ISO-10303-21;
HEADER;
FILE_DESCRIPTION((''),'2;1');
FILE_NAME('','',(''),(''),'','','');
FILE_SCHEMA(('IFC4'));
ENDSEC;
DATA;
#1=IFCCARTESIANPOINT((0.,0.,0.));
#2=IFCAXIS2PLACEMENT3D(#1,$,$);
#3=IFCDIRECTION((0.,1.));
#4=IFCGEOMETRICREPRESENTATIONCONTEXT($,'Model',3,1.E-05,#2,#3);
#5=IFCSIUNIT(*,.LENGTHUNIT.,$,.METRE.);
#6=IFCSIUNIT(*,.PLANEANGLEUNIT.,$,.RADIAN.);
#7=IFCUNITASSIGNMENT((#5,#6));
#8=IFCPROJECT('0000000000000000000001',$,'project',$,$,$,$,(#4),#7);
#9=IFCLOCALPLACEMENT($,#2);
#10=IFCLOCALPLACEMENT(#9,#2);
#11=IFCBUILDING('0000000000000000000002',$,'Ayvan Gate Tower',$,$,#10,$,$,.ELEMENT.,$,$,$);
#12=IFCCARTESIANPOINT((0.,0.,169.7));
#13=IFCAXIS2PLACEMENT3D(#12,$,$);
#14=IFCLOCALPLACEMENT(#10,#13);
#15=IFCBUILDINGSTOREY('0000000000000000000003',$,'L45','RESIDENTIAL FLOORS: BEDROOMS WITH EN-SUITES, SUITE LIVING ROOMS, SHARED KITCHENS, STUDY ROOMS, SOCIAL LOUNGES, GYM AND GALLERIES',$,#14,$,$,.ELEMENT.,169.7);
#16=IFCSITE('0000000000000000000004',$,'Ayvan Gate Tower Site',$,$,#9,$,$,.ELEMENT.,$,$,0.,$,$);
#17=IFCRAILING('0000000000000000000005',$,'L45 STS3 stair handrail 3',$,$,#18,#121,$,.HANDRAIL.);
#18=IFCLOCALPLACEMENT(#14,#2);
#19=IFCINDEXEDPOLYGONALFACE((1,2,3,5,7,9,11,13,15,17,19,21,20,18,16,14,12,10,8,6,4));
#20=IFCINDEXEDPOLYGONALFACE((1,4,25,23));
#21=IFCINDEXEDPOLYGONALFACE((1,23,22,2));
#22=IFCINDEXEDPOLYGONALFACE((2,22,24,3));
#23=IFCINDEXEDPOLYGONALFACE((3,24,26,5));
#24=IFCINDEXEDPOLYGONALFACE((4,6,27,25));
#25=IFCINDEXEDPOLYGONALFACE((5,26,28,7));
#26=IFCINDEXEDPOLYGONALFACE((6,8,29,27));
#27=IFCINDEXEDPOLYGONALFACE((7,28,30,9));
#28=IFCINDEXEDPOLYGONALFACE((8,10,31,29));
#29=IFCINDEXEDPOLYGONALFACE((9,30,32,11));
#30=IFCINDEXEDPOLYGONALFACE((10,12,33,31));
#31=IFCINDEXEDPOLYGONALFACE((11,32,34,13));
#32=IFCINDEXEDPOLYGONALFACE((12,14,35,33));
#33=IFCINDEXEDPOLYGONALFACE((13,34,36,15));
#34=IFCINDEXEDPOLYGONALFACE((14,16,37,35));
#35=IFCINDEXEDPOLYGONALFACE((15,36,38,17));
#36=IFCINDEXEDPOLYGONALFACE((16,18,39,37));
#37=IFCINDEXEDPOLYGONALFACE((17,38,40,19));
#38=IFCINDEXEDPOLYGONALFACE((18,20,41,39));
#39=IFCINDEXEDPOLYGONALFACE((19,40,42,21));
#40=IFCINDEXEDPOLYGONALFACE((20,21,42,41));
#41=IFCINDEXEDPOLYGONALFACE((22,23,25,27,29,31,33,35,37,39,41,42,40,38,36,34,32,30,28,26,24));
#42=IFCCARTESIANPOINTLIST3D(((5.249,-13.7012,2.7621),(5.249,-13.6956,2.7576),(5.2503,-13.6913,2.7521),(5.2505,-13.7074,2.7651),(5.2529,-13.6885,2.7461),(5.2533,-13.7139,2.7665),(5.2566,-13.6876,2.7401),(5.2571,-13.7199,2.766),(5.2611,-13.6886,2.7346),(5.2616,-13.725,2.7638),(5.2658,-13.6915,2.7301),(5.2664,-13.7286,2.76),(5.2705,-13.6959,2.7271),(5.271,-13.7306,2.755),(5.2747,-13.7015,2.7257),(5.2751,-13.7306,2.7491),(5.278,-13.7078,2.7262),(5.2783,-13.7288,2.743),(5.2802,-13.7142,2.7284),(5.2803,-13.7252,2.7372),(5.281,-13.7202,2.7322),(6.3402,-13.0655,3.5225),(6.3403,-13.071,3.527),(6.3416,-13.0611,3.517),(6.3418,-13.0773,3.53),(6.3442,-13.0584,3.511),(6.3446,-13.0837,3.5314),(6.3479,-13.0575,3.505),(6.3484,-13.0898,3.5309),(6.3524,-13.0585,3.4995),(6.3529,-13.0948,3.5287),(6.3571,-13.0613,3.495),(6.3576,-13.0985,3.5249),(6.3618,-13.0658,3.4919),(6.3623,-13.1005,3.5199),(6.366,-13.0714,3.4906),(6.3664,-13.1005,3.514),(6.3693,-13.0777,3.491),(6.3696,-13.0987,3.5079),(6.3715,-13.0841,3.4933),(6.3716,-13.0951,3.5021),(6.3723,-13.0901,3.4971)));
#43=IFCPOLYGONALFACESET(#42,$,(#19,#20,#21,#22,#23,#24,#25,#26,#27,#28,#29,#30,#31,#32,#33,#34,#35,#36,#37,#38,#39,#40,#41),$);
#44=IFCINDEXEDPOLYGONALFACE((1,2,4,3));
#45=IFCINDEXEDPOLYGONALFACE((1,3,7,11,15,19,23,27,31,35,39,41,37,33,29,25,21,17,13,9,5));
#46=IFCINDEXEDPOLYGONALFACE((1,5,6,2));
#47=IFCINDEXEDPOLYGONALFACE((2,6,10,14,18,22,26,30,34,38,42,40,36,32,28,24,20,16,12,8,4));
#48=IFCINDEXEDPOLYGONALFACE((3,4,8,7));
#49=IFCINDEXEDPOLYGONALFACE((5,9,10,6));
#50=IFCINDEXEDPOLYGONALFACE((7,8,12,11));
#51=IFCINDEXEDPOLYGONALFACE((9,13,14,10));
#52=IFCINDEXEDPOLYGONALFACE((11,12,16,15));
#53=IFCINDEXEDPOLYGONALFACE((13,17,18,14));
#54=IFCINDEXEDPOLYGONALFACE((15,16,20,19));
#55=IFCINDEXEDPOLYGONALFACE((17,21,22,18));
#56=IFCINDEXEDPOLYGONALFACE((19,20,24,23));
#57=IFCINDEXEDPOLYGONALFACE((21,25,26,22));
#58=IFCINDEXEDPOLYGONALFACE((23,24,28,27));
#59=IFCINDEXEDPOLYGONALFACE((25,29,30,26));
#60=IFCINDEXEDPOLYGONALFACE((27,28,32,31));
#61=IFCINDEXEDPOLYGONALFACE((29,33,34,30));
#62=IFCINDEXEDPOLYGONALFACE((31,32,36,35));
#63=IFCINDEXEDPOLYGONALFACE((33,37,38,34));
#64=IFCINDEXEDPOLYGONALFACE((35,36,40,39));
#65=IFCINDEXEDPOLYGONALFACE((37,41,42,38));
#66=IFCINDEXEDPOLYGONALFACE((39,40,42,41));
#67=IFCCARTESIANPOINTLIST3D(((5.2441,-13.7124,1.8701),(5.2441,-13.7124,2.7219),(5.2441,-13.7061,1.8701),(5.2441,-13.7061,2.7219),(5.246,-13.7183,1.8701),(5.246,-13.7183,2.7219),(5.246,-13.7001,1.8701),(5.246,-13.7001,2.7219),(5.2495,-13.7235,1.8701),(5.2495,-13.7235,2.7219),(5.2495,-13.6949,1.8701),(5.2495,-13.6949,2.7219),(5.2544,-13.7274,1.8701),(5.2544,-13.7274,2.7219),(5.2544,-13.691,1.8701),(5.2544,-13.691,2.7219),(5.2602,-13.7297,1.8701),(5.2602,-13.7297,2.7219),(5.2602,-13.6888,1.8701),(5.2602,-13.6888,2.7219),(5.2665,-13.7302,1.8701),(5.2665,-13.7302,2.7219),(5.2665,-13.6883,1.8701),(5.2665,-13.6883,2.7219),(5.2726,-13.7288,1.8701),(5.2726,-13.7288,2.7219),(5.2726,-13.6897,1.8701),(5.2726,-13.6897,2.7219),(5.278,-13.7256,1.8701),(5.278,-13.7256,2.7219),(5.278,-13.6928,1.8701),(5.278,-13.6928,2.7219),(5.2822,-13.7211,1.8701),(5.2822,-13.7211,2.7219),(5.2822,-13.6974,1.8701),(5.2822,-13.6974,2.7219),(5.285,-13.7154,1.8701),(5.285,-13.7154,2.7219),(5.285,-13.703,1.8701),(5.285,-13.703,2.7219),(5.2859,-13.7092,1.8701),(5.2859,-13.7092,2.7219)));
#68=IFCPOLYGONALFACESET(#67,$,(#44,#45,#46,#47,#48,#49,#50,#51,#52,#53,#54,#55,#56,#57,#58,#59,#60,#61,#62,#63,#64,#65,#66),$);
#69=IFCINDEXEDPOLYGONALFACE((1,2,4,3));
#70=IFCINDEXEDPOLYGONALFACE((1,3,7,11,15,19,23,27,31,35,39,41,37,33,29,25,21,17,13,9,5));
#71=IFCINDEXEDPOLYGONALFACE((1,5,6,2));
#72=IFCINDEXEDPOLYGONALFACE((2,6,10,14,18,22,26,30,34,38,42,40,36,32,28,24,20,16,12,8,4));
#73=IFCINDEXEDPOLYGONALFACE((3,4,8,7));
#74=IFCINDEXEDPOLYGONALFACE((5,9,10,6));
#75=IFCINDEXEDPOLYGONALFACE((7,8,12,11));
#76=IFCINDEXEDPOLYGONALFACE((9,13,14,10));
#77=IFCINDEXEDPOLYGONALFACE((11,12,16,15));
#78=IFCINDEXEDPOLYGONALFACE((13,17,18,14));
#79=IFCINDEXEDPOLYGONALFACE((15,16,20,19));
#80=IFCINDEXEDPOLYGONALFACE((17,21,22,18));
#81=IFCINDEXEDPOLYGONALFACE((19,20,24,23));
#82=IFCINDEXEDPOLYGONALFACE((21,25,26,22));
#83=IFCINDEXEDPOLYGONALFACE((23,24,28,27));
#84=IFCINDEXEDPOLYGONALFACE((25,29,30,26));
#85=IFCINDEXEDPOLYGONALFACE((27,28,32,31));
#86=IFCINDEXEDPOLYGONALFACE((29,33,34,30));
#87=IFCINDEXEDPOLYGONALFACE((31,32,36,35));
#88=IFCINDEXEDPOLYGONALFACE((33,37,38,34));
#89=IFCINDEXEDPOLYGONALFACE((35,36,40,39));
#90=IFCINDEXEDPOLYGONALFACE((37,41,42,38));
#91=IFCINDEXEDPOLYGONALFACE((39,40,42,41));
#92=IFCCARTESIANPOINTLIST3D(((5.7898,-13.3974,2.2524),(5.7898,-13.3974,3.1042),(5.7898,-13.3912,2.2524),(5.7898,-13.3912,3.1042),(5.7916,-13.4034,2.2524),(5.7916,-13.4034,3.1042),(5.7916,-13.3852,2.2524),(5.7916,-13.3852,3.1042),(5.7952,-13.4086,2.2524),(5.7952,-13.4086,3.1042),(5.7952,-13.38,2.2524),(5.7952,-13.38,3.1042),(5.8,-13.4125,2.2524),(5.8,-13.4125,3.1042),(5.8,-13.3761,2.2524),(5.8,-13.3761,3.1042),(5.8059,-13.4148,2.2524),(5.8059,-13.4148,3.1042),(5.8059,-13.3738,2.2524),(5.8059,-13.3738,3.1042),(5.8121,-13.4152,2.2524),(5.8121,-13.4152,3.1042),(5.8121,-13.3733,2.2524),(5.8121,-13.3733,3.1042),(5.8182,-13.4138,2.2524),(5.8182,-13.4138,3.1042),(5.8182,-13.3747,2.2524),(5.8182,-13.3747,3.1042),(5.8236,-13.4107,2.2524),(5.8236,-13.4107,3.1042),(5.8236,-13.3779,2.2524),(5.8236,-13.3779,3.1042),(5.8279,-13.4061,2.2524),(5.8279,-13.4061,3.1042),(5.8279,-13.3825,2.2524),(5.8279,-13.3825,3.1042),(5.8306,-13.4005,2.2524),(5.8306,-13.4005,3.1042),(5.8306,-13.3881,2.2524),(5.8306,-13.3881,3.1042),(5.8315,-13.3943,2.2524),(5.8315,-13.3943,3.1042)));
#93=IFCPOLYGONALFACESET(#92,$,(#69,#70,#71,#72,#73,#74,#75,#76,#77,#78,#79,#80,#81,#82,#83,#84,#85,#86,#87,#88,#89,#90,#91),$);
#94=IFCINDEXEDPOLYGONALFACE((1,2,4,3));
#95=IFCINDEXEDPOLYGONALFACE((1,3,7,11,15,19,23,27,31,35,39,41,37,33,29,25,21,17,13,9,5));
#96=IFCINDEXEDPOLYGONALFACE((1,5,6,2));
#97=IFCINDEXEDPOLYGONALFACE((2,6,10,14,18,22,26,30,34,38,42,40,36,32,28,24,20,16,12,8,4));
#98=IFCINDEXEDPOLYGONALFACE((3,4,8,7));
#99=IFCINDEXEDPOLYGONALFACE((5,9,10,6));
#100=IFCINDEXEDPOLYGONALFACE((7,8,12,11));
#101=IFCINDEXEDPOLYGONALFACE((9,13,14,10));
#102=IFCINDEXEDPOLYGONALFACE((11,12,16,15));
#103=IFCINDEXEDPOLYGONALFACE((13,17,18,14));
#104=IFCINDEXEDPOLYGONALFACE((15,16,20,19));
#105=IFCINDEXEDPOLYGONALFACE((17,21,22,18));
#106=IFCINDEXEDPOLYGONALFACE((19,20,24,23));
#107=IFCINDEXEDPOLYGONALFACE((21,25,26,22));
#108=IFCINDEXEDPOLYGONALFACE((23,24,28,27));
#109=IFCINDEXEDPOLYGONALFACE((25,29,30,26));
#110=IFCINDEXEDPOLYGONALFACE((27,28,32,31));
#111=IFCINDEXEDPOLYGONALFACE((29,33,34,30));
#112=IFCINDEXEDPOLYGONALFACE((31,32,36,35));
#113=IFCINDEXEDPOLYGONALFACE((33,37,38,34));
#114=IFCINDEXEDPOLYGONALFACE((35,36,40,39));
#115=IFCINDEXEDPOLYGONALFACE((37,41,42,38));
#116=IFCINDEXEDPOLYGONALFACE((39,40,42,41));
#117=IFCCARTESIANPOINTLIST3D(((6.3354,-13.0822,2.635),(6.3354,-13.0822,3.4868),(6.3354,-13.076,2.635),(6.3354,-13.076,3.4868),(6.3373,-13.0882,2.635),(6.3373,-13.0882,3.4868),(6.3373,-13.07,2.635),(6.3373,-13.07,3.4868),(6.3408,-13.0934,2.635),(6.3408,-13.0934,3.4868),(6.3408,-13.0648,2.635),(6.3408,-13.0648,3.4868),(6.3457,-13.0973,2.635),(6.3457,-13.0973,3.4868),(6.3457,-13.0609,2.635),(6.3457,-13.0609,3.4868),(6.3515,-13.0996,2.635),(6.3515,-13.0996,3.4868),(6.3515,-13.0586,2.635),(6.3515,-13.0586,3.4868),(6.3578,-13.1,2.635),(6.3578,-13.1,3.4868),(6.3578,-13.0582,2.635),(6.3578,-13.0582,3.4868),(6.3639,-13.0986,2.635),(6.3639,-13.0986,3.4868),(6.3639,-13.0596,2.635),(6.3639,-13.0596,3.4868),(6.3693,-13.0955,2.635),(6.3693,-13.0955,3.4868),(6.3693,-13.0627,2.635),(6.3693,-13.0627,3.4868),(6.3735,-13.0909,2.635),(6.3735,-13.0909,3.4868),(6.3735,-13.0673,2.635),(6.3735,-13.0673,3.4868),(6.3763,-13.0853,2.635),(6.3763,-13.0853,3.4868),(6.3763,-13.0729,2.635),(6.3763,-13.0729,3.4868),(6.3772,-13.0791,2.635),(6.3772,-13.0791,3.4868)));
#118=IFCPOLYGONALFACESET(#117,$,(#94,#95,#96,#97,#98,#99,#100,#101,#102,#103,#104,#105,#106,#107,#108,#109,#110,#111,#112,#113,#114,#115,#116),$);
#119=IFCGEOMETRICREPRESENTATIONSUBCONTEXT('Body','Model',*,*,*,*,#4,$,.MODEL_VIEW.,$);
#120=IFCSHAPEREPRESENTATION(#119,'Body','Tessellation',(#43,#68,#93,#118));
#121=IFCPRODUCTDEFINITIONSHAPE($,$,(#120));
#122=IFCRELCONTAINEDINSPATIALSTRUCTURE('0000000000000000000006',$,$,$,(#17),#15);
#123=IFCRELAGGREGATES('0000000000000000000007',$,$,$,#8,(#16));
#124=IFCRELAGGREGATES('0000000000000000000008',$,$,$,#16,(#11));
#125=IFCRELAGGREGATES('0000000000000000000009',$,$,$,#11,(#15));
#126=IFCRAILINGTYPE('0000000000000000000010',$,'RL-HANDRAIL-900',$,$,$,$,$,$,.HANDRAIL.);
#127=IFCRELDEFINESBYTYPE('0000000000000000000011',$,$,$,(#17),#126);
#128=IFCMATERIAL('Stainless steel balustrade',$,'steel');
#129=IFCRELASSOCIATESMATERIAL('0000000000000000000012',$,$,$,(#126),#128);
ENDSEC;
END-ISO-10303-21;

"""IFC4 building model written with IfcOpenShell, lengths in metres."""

from ifc_helpers import new_model, si_unit, direction, frame, origin, origin_2d, place, context, subcontext, project, spatial, circle, extrude, material, type_object, element, save


model = new_model("IFC4")

# Units and contexts
model_context = context("Model", 3, precision=1e-05, world=origin(), true_north=direction((0.0, 1.0)))
body_context = subcontext(model_context, "Body", "Model", "MODEL_VIEW")
ifc_project = project(units=[si_unit("LENGTHUNIT", "METRE"), si_unit("PLANEANGLEUNIT", "RADIAN")], contexts=[model_context])

# Site, building, storey
site_placement = place(None, origin())
site = spatial("IfcSite", under=ifc_project, at=site_placement, Name="Ayvan Gate Tower Site", CompositionType="ELEMENT", RefElevation=0.0)
building_placement = place(site_placement, origin())
building = spatial("IfcBuilding", under=site, at=building_placement, Name="Ayvan Gate Tower", CompositionType="ELEMENT")
storey_placement = place(building_placement, frame((0.0, 0.0, 169.7)))
storey = spatial("IfcBuildingStorey", under=building, at=storey_placement, Name="L45", Description="RESIDENTIAL FLOORS: BEDROOMS WITH EN-SUITES, SUITE LIVING ROOMS, SHARED KITCHENS, STUDY ROOMS, SOCIAL LOUNGES, GYM AND GALLERIES", CompositionType="ELEMENT", Elevation=169.7)

# Railing
ifc_material_1 = material(Name="Stainless steel balustrade", Category="steel")
railing_type_1 = type_object("IfcRailingType", Name="RL-HANDRAIL-900", PredefinedType="HANDRAIL", material=ifc_material_1)
railing_1_placement = place(storey_placement, frame((5.2649, -13.7092, 1.8701)))
element("IfcRailing", 1, at=railing_1_placement, inside=storey, type_object=railing_type_1, Name="L45 STS3 stair handrail 3", PredefinedType="HANDRAIL", context=body_context, shape_type="SweptSolid", body=[
    extrude(circle(Radius=0.0239, at=origin_2d()), frame((0.0, 0.0, 0.876), z_axis=(0.740304, 0.427455, 0.518875), x_axis=(-0.500035, 0.866005, 0.0)), (0.0, 0.0, 1.0), 1.4741),
    extrude(circle(Radius=0.021, at=origin_2d()), origin(), (0.0, 0.0, 1.0), 0.8518),
    extrude(circle(Radius=0.021, at=origin_2d()), frame((0.5457, 0.3149, 0.3823)), (0.0, 0.0, 1.0), 0.8518),
    extrude(circle(Radius=0.021, at=origin_2d()), frame((1.0913, 0.6301, 0.7649)), (0.0, 0.0, 1.0), 0.8518),
])

save(model, "model.ifc")
